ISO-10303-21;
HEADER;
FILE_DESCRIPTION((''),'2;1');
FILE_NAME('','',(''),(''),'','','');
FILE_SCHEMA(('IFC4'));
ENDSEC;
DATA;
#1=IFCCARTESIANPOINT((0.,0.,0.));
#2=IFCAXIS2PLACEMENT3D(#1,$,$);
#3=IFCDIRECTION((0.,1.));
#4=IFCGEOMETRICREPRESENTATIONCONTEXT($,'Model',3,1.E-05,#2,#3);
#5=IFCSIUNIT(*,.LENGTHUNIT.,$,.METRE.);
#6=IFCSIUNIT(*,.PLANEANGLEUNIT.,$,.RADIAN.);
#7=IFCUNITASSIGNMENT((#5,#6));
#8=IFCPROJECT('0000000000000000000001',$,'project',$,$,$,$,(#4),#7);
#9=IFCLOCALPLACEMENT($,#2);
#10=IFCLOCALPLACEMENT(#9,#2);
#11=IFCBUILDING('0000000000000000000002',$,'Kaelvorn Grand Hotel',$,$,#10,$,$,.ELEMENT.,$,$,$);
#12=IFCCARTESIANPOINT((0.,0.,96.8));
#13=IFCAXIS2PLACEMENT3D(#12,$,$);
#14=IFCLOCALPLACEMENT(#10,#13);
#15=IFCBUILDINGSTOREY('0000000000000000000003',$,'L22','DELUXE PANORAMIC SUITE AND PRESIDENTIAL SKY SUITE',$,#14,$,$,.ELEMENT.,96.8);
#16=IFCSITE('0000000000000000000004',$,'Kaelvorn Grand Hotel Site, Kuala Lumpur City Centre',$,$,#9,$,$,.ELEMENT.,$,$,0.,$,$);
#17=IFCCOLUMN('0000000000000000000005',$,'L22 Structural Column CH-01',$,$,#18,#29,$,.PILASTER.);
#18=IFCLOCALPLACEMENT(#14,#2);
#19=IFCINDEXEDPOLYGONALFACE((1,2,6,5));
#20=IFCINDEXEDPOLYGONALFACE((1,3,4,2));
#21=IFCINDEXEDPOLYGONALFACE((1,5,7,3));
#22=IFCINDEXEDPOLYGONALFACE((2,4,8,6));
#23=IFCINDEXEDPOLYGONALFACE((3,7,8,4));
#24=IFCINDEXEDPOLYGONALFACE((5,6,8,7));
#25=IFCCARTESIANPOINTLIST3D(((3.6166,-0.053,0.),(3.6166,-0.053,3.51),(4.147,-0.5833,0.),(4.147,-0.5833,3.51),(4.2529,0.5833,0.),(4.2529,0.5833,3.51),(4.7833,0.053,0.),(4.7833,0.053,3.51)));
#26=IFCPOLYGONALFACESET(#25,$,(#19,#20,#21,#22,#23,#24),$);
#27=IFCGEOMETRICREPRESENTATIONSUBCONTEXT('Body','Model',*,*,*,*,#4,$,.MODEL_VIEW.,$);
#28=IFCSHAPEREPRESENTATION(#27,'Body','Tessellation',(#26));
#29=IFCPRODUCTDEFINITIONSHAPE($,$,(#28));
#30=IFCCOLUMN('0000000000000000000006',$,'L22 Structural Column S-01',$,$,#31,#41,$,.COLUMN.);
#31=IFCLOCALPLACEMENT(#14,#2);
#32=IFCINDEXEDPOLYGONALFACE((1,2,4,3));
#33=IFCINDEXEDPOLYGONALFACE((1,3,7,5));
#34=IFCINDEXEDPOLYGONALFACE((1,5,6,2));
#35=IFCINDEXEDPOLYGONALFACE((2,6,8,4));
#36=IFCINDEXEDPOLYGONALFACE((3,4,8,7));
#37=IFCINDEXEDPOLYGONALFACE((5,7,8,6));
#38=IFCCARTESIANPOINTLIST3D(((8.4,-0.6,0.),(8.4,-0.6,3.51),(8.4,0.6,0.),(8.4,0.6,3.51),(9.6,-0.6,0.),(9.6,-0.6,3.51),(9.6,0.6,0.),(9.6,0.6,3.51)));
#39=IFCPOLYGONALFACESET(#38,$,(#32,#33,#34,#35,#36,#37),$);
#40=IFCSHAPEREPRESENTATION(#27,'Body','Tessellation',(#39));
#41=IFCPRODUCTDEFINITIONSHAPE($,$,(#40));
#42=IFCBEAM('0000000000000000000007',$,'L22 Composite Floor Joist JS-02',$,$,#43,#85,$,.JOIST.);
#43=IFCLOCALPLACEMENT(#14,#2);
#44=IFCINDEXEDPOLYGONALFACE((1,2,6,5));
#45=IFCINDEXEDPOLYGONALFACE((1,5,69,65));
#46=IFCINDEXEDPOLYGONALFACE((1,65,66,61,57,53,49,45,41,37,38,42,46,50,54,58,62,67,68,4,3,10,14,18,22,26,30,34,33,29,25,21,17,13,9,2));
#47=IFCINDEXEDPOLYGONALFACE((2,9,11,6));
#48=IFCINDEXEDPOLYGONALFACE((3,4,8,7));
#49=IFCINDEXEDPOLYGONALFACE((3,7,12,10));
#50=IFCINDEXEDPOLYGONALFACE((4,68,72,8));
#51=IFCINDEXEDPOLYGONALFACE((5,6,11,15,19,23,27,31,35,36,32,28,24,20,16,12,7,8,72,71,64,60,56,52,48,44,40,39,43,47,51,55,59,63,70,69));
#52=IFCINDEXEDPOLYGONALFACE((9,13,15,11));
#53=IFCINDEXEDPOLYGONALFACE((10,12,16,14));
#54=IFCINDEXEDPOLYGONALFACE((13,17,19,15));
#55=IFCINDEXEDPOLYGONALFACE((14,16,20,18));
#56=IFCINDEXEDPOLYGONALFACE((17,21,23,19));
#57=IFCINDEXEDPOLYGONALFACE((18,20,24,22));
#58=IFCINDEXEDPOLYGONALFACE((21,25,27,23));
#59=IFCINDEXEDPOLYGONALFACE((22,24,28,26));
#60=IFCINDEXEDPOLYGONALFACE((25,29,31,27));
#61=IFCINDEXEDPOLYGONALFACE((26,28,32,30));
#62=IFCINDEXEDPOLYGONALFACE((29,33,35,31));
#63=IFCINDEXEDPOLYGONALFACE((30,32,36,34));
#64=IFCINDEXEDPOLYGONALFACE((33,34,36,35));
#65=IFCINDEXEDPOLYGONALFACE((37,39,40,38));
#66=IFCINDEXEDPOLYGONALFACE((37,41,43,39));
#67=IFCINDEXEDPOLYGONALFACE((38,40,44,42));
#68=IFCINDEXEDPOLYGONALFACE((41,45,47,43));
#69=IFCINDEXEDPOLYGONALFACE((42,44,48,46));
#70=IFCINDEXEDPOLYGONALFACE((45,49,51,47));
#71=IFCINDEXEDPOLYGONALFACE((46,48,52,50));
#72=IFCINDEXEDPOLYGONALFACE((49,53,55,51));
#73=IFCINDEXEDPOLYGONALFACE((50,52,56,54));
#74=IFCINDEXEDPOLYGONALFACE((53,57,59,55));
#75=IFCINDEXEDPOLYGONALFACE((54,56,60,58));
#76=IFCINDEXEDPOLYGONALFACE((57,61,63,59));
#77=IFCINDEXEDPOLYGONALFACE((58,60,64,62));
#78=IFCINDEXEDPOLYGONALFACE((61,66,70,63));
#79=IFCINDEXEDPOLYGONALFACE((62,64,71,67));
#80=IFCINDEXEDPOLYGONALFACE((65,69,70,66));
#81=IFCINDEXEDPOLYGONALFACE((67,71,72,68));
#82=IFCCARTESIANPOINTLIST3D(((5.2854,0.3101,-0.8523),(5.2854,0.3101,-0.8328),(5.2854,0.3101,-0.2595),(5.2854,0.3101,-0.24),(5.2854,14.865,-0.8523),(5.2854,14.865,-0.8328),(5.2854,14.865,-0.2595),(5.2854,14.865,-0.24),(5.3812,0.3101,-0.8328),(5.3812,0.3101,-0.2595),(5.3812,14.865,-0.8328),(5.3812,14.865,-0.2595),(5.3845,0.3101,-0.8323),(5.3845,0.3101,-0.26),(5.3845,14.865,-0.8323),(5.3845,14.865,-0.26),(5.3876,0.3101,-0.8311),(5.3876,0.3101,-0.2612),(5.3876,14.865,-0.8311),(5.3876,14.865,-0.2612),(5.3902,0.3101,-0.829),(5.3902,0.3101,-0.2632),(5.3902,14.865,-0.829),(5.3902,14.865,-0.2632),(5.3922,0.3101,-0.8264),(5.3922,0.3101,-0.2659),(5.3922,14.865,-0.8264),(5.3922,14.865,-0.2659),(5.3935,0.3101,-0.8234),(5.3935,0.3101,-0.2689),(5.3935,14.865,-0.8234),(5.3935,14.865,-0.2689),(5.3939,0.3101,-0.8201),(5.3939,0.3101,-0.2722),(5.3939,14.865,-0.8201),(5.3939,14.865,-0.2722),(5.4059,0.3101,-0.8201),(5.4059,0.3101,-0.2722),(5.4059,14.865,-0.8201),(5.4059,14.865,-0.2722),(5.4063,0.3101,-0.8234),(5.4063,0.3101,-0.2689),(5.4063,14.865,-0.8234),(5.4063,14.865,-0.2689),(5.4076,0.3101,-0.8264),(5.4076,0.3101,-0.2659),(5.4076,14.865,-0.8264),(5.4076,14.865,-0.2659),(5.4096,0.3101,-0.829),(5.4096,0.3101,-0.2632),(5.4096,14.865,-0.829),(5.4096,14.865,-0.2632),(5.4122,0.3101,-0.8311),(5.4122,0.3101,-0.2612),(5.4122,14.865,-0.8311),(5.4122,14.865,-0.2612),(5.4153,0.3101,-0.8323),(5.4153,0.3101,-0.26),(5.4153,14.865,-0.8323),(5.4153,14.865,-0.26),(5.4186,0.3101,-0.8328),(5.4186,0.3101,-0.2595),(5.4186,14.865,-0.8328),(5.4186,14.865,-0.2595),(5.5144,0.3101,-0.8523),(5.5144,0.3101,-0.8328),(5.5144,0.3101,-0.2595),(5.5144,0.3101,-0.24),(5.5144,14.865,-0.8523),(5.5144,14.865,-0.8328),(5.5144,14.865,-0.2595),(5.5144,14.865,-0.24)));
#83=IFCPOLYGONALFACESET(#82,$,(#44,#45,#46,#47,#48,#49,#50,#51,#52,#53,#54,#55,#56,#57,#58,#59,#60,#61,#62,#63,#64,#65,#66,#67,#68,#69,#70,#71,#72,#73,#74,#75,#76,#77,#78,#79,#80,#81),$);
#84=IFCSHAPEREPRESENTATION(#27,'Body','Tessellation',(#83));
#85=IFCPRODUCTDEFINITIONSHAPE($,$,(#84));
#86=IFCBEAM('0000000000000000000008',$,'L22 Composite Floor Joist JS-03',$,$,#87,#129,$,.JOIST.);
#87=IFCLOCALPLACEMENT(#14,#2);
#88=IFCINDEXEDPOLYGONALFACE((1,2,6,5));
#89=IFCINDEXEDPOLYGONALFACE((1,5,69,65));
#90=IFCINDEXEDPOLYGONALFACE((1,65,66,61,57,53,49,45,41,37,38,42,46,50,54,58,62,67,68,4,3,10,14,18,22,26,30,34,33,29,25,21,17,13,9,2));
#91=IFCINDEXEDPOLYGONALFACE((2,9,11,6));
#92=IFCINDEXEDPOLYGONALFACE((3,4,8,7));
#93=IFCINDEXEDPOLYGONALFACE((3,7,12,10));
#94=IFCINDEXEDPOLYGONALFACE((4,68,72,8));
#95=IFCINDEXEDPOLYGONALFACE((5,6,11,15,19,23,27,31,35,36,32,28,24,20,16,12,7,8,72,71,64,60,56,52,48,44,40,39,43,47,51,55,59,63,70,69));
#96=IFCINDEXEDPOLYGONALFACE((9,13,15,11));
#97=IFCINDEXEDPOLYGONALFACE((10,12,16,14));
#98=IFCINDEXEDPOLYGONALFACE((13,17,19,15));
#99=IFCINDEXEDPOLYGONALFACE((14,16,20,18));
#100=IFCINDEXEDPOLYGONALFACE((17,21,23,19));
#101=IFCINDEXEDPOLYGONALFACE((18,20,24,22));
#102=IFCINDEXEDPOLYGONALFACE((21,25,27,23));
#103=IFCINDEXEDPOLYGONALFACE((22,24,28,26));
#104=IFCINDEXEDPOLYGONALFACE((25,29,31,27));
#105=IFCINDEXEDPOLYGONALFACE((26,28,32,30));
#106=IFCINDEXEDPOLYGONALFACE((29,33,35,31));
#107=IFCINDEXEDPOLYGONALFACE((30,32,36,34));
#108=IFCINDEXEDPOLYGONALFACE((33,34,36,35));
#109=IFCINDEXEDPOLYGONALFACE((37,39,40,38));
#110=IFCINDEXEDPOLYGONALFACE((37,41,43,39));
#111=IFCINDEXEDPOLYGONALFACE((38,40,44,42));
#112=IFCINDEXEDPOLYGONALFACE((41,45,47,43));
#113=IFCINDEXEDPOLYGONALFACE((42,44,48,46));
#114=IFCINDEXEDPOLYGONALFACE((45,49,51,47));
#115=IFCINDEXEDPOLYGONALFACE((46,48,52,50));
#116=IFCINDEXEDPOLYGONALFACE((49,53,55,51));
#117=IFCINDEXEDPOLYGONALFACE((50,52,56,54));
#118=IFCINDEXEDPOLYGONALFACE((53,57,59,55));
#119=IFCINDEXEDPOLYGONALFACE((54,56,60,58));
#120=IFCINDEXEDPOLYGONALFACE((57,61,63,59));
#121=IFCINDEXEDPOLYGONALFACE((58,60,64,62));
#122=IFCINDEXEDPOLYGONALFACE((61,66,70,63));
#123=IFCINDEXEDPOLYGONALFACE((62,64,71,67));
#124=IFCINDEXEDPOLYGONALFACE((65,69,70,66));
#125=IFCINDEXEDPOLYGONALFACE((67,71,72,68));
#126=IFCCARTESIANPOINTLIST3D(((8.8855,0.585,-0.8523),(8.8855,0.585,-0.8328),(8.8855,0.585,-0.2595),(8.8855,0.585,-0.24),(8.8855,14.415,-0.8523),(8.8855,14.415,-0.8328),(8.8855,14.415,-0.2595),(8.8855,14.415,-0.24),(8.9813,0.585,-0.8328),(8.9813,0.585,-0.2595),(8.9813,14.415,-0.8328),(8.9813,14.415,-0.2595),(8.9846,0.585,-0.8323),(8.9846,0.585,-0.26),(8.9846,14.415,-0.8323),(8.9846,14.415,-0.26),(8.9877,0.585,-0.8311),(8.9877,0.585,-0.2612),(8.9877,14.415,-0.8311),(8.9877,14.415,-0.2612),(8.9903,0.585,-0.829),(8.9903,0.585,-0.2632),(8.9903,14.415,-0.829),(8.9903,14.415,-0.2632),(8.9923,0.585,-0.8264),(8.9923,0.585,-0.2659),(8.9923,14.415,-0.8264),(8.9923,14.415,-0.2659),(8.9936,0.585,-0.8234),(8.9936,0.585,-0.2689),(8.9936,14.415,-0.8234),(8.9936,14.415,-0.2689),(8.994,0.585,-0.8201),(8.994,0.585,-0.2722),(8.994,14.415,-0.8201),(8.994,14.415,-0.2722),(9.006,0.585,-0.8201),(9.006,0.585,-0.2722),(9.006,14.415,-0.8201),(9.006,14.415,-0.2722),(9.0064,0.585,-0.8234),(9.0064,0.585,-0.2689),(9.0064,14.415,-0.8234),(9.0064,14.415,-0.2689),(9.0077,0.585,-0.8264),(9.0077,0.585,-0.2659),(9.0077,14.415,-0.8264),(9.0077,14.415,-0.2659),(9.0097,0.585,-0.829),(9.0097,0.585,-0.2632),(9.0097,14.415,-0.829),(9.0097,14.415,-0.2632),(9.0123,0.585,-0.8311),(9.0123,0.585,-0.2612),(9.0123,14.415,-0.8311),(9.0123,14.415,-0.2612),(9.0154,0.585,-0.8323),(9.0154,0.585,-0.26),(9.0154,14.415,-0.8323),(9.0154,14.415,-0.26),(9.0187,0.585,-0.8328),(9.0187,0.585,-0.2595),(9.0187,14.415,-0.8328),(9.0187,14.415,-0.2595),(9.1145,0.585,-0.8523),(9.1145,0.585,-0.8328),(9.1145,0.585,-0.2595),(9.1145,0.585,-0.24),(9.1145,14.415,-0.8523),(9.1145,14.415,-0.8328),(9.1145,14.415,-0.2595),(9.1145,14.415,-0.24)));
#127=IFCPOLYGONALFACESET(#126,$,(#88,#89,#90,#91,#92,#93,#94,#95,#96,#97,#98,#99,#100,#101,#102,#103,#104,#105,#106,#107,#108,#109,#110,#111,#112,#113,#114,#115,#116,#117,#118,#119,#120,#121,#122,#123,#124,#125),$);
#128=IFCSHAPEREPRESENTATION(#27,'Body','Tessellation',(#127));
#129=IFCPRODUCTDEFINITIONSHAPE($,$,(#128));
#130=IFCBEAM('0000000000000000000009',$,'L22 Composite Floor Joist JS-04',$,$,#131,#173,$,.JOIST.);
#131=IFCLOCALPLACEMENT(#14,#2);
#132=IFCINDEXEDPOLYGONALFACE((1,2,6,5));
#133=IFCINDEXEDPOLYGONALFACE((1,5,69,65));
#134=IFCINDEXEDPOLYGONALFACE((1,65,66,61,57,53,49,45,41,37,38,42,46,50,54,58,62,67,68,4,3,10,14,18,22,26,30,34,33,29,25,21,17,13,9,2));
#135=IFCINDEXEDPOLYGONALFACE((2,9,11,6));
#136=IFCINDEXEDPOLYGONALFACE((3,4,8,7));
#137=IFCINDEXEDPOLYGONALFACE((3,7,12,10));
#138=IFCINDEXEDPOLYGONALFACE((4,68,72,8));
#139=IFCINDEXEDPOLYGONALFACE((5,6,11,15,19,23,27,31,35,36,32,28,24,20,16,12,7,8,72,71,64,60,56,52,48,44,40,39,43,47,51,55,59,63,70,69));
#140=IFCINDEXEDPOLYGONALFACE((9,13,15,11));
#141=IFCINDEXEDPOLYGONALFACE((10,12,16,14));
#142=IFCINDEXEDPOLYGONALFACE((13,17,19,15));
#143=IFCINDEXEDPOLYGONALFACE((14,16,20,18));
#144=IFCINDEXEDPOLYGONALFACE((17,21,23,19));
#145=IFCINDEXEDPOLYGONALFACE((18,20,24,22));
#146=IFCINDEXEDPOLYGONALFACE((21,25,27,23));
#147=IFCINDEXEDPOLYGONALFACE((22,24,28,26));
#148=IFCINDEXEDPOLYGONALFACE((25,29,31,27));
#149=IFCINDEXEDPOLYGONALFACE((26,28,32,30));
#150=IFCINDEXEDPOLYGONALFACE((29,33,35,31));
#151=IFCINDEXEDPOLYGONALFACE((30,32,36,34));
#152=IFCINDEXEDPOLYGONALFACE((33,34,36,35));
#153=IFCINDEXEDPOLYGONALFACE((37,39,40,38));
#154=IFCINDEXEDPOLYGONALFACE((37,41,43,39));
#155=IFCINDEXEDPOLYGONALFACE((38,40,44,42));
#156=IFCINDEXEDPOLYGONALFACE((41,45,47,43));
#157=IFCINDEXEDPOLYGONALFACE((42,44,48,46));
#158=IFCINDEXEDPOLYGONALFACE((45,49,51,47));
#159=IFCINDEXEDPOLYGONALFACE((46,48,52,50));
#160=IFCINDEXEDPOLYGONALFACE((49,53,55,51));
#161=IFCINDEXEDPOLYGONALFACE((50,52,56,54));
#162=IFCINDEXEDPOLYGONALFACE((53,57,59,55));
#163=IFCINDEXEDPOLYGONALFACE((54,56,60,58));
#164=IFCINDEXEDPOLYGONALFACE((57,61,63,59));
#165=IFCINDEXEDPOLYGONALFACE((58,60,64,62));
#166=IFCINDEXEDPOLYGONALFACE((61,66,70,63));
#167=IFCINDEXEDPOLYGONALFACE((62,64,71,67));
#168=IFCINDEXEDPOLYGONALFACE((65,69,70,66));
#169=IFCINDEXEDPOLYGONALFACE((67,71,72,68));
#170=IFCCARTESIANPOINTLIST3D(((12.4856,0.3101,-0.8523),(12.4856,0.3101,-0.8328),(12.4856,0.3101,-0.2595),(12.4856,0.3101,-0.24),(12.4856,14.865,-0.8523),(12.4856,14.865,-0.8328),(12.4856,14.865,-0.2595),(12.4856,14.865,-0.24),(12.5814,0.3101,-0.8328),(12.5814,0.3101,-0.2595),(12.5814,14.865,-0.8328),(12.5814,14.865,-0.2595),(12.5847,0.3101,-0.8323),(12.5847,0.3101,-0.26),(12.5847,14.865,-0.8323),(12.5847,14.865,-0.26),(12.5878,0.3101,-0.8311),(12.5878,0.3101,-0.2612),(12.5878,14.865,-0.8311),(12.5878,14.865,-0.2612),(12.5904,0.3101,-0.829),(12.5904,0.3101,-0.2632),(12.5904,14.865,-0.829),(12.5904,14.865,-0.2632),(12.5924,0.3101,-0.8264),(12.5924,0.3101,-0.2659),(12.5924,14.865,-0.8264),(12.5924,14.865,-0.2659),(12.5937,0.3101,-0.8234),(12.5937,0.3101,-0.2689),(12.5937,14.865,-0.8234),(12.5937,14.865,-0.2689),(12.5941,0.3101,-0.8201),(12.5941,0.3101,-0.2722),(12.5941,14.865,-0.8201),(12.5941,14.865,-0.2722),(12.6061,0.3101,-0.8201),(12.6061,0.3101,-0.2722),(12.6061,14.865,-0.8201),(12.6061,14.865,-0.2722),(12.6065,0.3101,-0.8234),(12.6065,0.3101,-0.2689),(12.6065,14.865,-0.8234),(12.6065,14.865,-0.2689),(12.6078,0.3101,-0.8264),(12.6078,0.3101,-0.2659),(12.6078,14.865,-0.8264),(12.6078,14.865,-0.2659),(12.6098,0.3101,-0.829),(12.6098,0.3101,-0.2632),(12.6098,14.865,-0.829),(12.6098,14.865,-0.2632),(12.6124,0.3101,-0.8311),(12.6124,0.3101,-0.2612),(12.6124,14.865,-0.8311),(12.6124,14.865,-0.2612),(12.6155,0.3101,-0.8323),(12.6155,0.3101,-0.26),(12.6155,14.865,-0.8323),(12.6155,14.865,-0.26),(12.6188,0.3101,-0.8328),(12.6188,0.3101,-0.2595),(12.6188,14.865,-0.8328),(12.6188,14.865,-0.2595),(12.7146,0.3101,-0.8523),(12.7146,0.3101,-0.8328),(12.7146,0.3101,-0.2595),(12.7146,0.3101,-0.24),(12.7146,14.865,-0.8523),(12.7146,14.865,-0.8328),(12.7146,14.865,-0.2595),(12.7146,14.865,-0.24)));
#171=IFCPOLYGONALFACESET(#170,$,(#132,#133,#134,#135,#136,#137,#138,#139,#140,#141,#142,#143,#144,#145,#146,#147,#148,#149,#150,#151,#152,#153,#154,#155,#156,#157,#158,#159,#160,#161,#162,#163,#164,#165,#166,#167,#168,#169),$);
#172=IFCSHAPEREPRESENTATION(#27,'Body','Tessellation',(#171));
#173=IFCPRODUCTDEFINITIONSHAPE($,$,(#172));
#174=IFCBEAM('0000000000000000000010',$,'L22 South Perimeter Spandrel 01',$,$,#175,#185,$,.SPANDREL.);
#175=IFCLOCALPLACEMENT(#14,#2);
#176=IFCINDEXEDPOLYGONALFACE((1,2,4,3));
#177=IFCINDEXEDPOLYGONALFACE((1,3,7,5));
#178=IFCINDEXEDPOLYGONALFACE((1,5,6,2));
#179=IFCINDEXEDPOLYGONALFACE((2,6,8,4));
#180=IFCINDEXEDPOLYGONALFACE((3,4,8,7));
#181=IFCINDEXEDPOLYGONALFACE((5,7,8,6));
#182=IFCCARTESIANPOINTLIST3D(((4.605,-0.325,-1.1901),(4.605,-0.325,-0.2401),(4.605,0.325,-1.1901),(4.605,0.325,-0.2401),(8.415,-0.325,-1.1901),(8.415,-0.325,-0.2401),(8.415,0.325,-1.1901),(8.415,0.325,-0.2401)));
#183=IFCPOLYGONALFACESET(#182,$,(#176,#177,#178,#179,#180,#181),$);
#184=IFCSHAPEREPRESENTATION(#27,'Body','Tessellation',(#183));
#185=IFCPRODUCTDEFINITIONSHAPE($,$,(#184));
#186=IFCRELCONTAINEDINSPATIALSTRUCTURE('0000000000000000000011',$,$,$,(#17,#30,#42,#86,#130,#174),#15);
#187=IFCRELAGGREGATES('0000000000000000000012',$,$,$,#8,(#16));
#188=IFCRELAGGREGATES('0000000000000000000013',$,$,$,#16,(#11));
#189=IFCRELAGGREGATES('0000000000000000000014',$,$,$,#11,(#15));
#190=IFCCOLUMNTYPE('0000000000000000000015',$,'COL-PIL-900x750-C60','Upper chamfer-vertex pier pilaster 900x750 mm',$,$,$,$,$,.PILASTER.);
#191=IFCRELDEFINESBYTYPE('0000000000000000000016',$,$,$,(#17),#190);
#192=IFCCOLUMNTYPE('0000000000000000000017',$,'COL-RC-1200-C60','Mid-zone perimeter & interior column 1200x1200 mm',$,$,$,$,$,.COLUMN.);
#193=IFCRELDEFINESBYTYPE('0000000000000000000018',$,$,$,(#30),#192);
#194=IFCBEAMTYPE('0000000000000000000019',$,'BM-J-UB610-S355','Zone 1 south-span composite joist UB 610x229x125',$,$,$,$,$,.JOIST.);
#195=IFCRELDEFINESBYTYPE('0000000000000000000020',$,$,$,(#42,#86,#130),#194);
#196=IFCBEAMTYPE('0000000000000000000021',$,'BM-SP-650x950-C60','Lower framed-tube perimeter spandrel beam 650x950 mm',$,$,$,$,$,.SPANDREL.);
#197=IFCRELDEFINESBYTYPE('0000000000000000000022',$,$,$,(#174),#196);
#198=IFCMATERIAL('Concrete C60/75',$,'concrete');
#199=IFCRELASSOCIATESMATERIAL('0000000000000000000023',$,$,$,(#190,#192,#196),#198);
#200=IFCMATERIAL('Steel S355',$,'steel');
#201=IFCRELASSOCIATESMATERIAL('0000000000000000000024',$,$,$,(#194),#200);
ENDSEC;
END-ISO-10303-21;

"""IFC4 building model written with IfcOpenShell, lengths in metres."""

from ifc_helpers import new_model, si_unit, direction, frame, origin, origin_2d, place, context, subcontext, project, spatial, rectangle, i_section, extrude, material, material_profile, profile_set, type_object, element, save


model = new_model("IFC4")

# Units and contexts
model_context = context("Model", 3, precision=1e-05, world=origin(), true_north=direction((0.0, 1.0)))
body_context = subcontext(model_context, "Body", "Model", "MODEL_VIEW")
ifc_project = project(units=[si_unit("LENGTHUNIT", "METRE"), si_unit("PLANEANGLEUNIT", "RADIAN")], contexts=[model_context])

# Site, building, storey
site_placement = place(None, origin())
site = spatial("IfcSite", under=ifc_project, at=site_placement, Name="Kaelvorn Grand Hotel Site, Kuala Lumpur City Centre", CompositionType="ELEMENT", RefElevation=0.0)
building_placement = place(site_placement, origin())
building = spatial("IfcBuilding", under=site, at=building_placement, Name="Kaelvorn Grand Hotel", CompositionType="ELEMENT")
storey_placement = place(building_placement, frame((0.0, 0.0, 96.8)))
storey = spatial("IfcBuildingStorey", under=building, at=storey_placement, Name="L22", Description="DELUXE PANORAMIC SUITE AND PRESIDENTIAL SKY SUITE", CompositionType="ELEMENT", Elevation=96.8)

# Columns
ifc_material_1 = material(Name="Concrete C60/75", Category="concrete")
ifc_material_profile_1 = material_profile(ifc_material_1, rectangle(XDim=0.8999, YDim=0.75, at=origin_2d()), Name="RC PILASTER 900x750")
ifc_profile_set_1 = profile_set([ifc_material_profile_1], Name="Concrete C60/75")
column_type_1 = type_object("IfcColumnType", Name="COL-PIL-900x750-C60", Description="Upper chamfer-vertex pier pilaster 900x750 mm", PredefinedType="PILASTER", material=ifc_profile_set_1)
column_1_placement = place(storey_placement, frame((4.2, 0.0, 0.0), z_axis=(0.0, 0.0, 1.0), x_axis=(0.707107, 0.707107, 0.0)))
element("IfcColumn", 1, at=column_1_placement, inside=storey, type_object=column_type_1, Name="L22 Structural Column CH-01", PredefinedType="PILASTER", context=body_context, shape_type="SweptSolid", body=[
    extrude(rectangle(XDim=0.8999, YDim=0.75, at=origin_2d()), origin(), (0.0, 0.0, 1.0), 3.51),
])
ifc_material_profile_2 = material_profile(ifc_material_1, rectangle(XDim=1.2, YDim=1.2, at=origin_2d()), Name="RC COL 1200x1200")
ifc_profile_set_2 = profile_set([ifc_material_profile_2], Name="Concrete C60/75")
column_type_2 = type_object("IfcColumnType", Name="COL-RC-1200-C60", Description="Mid-zone perimeter & interior column 1200x1200 mm", PredefinedType="COLUMN", material=ifc_profile_set_2)
column_2_placement = place(storey_placement, frame((9.0, 0.0, 0.0), z_axis=(0.0, 0.0, 1.0), x_axis=(1.0, 0.0, 0.0)))
element("IfcColumn", 2, at=column_2_placement, inside=storey, type_object=column_type_2, Name="L22 Structural Column S-01", PredefinedType="COLUMN", context=body_context, shape_type="SweptSolid", body=[
    extrude(rectangle(XDim=1.2, YDim=1.2, at=origin_2d()), origin(), (0.0, 0.0, 1.0), 3.51),
])

# Beams
ifc_material_2 = material(Name="Steel S355", Category="steel")
ifc_material_profile_3 = material_profile(ifc_material_2, i_section(OverallWidth=0.229, OverallDepth=0.6123, WebThickness=0.012, FlangeThickness=0.0195, FilletRadius=0.0127, at=origin_2d()), Name="UB 610x229x125")
ifc_profile_set_3 = profile_set([ifc_material_profile_3], Name="Steel S355")
beam_type_1 = type_object("IfcBeamType", Name="BM-J-UB610-S355", Description="Zone 1 south-span composite joist UB 610x229x125", PredefinedType="JOIST", material=ifc_profile_set_3)
beam_1_placement = place(storey_placement, frame((5.3999, 0.3101, -0.5461), z_axis=(0.0, 1.0, 0.0), x_axis=(-1.0, 0.0, 0.0)))
element("IfcBeam", 3, at=beam_1_placement, inside=storey, type_object=beam_type_1, Name="L22 Composite Floor Joist JS-02", PredefinedType="JOIST", context=body_context, shape_type="SweptSolid", body=[
    extrude(i_section(OverallWidth=0.229, OverallDepth=0.6123, WebThickness=0.012, FlangeThickness=0.0195, FilletRadius=0.0127, at=origin_2d()), origin(), (0.0, 0.0, 1.0), 14.5549),
])
beam_2_placement = place(storey_placement, frame((9.0, 0.585, -0.5461), z_axis=(0.0, 1.0, 0.0), x_axis=(-1.0, 0.0, 0.0)))
element("IfcBeam", 4, at=beam_2_placement, inside=storey, type_object=beam_type_1, Name="L22 Composite Floor Joist JS-03", PredefinedType="JOIST", context=body_context, shape_type="SweptSolid", body=[
    extrude(i_section(OverallWidth=0.229, OverallDepth=0.6123, WebThickness=0.012, FlangeThickness=0.0195, FilletRadius=0.0127, at=origin_2d()), origin(), (0.0, 0.0, 1.0), 13.8301),
])
beam_3_placement = place(storey_placement, frame((12.6001, 0.3101, -0.5461), z_axis=(0.0, 1.0, 0.0), x_axis=(-1.0, 0.0, 0.0)))
element("IfcBeam", 5, at=beam_3_placement, inside=storey, type_object=beam_type_1, Name="L22 Composite Floor Joist JS-04", PredefinedType="JOIST", context=body_context, shape_type="SweptSolid", body=[
    extrude(i_section(OverallWidth=0.229, OverallDepth=0.6123, WebThickness=0.012, FlangeThickness=0.0195, FilletRadius=0.0127, at=origin_2d()), origin(), (0.0, 0.0, 1.0), 14.5549),
])
ifc_material_profile_4 = material_profile(ifc_material_1, rectangle(XDim=0.6499, YDim=0.95, at=origin_2d()), Name="RC SPANDREL 650x950")
ifc_profile_set_4 = profile_set([ifc_material_profile_4], Name="Concrete C60/75")
beam_type_2 = type_object("IfcBeamType", Name="BM-SP-650x950-C60", Description="Lower framed-tube perimeter spandrel beam 650x950 mm", PredefinedType="SPANDREL", material=ifc_profile_set_4)
beam_4_placement = place(storey_placement, frame((4.605, 0.0, -0.7151), z_axis=(1.0, 0.0, 0.0), x_axis=(0.0, 1.0, 0.0)))
element("IfcBeam", 6, at=beam_4_placement, inside=storey, type_object=beam_type_2, Name="L22 South Perimeter Spandrel 01", PredefinedType="SPANDREL", context=body_context, shape_type="SweptSolid", body=[
    extrude(rectangle(XDim=0.6499, YDim=0.95, at=origin_2d()), origin(), (0.0, 0.0, 1.0), 3.8101),
])

save(model, "model.ifc")
